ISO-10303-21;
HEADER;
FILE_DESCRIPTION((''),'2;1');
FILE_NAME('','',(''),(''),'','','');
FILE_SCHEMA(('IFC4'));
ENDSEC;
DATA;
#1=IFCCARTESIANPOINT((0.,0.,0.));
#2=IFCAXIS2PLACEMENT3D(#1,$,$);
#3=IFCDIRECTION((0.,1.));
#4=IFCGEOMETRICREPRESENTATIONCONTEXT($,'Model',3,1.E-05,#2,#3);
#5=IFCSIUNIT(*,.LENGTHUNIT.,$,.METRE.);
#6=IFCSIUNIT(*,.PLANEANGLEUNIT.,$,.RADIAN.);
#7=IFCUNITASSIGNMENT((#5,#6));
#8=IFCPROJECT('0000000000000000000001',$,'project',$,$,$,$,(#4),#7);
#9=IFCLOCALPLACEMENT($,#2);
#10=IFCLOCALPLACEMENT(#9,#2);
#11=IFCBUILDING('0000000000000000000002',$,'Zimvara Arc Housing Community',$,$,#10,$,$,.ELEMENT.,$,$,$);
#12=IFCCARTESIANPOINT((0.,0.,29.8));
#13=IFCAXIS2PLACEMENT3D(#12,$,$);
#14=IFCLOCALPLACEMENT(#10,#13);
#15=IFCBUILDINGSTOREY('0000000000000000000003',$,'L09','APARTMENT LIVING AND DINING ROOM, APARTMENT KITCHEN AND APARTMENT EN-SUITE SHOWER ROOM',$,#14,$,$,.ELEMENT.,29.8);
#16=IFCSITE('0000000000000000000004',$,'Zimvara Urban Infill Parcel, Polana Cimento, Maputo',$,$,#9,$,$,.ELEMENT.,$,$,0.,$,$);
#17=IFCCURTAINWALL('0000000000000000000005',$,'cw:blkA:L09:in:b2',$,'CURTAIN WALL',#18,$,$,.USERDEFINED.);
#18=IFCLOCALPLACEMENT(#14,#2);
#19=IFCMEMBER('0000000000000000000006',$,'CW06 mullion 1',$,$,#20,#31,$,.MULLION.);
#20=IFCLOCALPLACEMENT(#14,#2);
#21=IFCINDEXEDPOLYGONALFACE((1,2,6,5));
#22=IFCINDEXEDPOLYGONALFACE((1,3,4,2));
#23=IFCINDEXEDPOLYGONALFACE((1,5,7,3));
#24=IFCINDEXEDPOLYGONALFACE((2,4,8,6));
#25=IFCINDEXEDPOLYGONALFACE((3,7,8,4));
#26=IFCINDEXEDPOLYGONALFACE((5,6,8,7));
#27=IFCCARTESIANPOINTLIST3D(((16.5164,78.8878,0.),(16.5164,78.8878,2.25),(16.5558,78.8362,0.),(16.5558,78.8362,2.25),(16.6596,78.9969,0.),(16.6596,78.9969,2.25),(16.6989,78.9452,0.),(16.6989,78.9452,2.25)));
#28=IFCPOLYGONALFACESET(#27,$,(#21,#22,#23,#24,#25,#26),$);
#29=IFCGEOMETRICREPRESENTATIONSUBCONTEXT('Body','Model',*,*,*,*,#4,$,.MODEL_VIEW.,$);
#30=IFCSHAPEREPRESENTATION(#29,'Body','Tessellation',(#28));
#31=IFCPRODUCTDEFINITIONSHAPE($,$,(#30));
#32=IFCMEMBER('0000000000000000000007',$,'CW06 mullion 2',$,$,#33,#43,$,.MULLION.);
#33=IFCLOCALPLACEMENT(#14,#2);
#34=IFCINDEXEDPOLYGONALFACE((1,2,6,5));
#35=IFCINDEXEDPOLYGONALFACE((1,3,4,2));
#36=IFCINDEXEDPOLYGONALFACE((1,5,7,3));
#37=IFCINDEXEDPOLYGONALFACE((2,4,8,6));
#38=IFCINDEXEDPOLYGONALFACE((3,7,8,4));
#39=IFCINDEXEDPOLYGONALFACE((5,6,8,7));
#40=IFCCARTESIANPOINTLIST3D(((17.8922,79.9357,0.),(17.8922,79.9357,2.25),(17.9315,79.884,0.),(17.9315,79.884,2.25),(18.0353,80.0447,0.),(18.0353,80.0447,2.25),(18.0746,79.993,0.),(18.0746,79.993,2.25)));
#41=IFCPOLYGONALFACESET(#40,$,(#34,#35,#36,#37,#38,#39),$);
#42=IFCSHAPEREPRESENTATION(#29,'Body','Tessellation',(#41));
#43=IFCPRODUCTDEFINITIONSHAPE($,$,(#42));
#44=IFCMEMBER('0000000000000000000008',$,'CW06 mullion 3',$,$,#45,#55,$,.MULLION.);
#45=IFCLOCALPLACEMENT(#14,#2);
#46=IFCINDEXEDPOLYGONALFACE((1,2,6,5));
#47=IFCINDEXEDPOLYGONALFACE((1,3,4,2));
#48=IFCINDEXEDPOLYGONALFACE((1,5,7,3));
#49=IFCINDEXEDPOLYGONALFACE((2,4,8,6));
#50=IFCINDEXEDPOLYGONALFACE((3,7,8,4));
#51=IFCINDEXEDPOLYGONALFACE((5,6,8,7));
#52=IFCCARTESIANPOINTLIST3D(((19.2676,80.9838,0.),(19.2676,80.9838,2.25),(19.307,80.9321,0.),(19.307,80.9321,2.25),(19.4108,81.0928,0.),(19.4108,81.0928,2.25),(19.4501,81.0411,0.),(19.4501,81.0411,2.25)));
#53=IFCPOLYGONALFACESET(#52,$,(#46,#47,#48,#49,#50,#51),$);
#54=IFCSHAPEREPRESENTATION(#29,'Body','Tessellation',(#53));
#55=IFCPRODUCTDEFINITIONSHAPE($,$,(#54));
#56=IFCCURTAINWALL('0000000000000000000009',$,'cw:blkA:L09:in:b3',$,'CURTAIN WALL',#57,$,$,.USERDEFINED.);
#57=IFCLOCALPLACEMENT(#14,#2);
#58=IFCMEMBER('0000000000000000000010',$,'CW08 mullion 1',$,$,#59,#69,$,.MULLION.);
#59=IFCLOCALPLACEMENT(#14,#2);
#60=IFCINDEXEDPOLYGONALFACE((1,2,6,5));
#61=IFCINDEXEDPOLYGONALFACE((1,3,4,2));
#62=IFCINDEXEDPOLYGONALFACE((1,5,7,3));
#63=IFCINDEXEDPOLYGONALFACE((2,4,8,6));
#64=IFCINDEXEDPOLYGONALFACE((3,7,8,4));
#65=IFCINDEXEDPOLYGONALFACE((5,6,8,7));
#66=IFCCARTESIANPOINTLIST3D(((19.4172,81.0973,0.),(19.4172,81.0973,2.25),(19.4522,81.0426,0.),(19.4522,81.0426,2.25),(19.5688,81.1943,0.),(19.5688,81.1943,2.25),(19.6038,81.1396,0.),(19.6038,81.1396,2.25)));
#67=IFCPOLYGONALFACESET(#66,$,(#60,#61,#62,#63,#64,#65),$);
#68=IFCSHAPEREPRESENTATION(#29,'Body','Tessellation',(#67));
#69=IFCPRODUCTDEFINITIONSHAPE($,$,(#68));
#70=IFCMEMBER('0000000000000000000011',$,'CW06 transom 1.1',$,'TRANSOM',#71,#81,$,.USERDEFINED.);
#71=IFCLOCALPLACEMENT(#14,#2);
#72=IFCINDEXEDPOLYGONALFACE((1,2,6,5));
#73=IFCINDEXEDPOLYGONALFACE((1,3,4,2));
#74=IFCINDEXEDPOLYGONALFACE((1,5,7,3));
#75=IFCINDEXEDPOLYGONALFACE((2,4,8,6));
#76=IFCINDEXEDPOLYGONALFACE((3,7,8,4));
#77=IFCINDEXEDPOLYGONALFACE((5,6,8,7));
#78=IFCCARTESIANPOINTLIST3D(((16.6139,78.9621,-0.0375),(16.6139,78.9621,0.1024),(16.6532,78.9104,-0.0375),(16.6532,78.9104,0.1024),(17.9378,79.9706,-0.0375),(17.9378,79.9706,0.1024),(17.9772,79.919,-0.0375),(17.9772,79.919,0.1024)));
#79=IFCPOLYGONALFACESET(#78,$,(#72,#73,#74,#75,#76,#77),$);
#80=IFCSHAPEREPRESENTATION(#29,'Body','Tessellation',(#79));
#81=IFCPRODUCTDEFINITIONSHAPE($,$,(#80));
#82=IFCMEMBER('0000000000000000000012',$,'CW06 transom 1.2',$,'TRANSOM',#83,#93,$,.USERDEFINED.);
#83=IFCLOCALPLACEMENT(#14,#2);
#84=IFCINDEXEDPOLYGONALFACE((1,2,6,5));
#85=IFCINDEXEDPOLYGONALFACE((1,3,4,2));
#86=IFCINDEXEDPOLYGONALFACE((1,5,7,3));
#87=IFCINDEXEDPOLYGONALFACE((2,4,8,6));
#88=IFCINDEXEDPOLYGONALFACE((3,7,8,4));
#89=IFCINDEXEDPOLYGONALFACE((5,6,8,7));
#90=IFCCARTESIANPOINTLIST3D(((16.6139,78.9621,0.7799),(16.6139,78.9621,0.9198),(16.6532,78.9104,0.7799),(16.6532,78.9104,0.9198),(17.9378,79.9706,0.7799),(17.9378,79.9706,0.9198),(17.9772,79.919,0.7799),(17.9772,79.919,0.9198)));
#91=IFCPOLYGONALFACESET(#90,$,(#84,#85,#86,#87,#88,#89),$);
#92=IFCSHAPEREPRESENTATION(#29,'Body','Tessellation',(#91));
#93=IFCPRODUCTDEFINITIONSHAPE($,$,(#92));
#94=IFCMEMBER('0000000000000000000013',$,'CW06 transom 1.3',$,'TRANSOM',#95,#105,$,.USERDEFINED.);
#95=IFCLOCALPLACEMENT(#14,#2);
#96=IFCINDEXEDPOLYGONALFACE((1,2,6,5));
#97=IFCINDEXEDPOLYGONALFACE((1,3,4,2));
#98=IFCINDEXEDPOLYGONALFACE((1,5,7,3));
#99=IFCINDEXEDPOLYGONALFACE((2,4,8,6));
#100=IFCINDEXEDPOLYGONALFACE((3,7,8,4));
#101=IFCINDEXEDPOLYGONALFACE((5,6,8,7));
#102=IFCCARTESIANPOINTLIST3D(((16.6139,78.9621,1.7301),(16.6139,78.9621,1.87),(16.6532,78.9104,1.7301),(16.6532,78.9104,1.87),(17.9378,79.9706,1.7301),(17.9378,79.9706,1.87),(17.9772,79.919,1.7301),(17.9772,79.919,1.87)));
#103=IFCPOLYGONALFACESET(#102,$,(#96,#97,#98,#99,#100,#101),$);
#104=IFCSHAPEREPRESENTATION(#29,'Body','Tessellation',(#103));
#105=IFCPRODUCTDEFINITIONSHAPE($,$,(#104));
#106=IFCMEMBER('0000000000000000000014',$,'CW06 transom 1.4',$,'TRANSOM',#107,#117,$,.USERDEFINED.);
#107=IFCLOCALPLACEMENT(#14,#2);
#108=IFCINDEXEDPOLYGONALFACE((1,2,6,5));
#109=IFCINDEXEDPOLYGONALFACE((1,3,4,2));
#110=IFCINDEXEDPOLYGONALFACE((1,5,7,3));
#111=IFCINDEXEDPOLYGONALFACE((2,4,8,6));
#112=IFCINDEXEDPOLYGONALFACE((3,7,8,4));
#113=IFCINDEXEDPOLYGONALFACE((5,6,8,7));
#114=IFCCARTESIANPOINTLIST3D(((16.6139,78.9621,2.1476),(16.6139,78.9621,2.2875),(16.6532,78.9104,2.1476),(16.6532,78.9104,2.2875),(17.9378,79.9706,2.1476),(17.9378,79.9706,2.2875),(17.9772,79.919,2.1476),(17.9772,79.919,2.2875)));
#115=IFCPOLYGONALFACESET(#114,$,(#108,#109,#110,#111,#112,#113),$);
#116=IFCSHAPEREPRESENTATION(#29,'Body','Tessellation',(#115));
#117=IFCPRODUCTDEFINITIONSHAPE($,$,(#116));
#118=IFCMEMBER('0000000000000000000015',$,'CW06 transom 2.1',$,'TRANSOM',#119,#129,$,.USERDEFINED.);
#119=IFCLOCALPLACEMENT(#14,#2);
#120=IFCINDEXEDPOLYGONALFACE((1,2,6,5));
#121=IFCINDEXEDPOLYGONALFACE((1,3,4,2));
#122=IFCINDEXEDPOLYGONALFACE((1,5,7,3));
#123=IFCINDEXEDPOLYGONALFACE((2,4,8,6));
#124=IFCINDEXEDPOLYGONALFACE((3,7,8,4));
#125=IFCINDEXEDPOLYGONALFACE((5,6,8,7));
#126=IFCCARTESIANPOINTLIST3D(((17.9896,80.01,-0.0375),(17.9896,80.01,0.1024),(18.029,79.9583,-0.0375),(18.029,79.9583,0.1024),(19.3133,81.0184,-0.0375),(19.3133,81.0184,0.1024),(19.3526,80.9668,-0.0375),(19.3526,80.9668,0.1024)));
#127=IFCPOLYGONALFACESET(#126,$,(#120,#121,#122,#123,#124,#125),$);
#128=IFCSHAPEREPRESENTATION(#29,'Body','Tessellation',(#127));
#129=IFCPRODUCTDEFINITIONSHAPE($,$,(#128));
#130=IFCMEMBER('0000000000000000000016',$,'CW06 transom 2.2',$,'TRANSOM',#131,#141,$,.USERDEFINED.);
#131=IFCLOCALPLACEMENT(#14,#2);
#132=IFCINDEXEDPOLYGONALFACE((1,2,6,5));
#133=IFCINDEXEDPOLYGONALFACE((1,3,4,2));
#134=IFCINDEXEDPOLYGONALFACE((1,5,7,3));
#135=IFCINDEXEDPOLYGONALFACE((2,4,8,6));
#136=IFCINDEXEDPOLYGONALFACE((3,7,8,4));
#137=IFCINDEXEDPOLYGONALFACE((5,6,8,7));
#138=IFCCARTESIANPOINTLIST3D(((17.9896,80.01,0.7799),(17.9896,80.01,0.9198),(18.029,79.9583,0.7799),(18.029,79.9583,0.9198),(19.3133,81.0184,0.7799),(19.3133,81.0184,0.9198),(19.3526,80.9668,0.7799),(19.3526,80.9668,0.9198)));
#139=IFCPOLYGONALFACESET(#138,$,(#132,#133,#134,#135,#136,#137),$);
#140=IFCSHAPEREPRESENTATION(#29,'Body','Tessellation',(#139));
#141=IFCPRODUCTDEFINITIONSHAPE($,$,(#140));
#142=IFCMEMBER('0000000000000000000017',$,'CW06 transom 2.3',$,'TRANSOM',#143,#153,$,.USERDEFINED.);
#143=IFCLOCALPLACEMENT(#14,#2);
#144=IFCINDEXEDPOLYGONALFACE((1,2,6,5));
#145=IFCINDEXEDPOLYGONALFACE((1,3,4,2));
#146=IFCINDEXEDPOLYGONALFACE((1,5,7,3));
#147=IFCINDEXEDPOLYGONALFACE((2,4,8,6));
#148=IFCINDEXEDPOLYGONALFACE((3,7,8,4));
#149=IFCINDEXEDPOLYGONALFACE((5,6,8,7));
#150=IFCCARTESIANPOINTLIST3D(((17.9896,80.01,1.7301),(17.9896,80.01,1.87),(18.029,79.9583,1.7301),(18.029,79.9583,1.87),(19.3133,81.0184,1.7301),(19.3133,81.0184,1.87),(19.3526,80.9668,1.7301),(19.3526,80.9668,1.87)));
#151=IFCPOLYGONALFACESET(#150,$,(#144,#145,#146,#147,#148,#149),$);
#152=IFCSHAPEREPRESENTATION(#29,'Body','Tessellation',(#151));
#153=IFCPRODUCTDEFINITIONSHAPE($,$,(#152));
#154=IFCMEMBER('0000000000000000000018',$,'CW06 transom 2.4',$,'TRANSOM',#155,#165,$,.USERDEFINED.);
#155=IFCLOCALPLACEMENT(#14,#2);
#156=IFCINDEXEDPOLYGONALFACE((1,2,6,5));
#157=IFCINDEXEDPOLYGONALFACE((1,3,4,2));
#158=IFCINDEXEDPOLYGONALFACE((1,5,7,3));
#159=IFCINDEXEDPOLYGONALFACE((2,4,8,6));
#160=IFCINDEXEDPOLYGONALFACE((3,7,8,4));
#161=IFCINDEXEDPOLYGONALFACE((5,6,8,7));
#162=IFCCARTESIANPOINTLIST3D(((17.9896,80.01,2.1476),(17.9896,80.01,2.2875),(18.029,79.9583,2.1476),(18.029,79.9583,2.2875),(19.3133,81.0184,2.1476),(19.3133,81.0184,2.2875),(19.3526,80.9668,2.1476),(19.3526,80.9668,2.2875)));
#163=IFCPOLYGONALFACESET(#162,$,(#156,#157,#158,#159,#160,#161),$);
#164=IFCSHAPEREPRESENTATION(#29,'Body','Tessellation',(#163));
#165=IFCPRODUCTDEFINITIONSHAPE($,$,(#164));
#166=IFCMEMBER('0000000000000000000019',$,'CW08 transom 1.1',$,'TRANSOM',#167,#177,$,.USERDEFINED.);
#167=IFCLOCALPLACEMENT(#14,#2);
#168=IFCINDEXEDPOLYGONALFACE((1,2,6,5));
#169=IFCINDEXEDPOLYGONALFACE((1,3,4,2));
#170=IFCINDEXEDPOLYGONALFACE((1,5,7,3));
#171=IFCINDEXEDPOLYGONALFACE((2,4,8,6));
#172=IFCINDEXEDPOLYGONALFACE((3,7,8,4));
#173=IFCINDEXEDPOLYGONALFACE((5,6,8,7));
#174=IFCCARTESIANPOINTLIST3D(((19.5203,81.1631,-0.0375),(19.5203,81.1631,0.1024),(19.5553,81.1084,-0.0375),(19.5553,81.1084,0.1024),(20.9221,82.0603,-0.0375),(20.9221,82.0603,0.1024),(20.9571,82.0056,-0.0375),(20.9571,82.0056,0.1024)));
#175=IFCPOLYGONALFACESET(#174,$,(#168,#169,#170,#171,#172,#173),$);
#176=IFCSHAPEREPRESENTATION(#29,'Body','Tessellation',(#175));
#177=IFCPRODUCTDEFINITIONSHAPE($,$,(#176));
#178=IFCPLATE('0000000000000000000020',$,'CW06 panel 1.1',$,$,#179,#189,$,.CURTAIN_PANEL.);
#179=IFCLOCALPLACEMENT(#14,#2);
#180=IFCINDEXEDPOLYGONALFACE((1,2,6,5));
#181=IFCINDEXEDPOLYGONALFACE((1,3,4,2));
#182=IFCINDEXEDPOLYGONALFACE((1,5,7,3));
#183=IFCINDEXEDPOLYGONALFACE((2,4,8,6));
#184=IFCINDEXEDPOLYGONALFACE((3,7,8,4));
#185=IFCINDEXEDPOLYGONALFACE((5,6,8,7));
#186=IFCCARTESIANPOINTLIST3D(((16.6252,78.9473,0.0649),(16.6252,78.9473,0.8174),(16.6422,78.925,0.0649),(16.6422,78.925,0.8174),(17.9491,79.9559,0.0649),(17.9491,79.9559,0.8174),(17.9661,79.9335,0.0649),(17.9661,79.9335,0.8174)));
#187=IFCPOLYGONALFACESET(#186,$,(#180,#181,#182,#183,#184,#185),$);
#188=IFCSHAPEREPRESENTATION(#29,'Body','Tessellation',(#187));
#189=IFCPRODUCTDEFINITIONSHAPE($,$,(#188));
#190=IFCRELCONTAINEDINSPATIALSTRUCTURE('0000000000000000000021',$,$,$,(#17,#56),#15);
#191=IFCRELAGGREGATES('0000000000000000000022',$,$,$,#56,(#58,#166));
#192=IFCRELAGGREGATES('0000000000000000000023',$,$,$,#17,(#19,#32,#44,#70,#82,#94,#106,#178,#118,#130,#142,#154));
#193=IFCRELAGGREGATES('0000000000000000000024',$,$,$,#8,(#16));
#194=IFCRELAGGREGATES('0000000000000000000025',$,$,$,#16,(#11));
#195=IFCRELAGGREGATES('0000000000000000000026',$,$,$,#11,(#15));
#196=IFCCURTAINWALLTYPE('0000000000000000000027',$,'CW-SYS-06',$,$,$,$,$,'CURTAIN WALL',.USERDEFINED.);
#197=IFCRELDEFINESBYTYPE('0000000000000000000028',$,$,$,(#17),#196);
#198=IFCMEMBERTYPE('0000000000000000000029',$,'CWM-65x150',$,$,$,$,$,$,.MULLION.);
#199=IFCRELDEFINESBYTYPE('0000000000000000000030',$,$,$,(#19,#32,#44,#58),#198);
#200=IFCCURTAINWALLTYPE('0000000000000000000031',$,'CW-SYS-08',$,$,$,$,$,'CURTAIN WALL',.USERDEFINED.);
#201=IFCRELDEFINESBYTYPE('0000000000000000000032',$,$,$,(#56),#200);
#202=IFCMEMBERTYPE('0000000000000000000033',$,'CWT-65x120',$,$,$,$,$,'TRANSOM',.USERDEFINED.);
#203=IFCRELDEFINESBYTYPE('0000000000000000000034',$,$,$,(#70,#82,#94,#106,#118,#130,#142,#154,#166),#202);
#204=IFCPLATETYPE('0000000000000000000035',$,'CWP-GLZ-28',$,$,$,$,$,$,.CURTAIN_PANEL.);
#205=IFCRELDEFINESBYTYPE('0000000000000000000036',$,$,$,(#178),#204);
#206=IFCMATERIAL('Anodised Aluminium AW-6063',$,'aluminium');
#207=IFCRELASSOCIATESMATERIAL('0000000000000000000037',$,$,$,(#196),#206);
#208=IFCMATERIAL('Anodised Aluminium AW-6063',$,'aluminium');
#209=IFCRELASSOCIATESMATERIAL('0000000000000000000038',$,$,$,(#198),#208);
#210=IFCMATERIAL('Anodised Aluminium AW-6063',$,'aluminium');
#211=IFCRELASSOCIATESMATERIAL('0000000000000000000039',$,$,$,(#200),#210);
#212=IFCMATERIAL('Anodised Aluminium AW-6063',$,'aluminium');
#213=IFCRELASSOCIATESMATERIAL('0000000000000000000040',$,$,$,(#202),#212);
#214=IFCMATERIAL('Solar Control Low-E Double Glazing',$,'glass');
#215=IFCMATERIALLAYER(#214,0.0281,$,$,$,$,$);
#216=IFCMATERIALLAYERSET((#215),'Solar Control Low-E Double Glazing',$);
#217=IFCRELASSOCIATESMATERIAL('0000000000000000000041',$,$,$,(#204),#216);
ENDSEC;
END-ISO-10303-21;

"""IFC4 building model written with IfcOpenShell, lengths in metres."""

from ifc_helpers import new_model, si_unit, direction, frame, origin, origin_2d, place, context, subcontext, project, spatial, rectangle, extrude, material, layer, layer_set, material_profile, profile_set, type_object, element, aggregate, save


model = new_model("IFC4")

# Units and contexts
model_context = context("Model", 3, precision=1e-05, world=origin(), true_north=direction((0.0, 1.0)))
body_context = subcontext(model_context, "Body", "Model", "MODEL_VIEW")
ifc_project = project(units=[si_unit("LENGTHUNIT", "METRE"), si_unit("PLANEANGLEUNIT", "RADIAN")], contexts=[model_context])

# Site, building, storey
site_placement = place(None, origin())
site = spatial("IfcSite", under=ifc_project, at=site_placement, Name="Zimvara Urban Infill Parcel, Polana Cimento, Maputo", CompositionType="ELEMENT", RefElevation=0.0)
building_placement = place(site_placement, origin())
building = spatial("IfcBuilding", under=site, at=building_placement, Name="Zimvara Arc Housing Community", CompositionType="ELEMENT")
storey_placement = place(building_placement, frame((0.0, 0.0, 29.8)))
storey = spatial("IfcBuildingStorey", under=building, at=storey_placement, Name="L09", Description="APARTMENT LIVING AND DINING ROOM, APARTMENT KITCHEN AND APARTMENT EN-SUITE SHOWER ROOM", CompositionType="ELEMENT", Elevation=29.8)

# Curtain wall, members
ifc_material_1 = material(Name="Anodised Aluminium AW-6063", Category="aluminium")
curtain_wall_type_1 = type_object("IfcCurtainWallType", Name="CW-SYS-06", ElementType="CURTAIN WALL", PredefinedType="USERDEFINED", material=ifc_material_1)
curtain_wall_1_placement = place(storey_placement, origin())
curtain_wall_1 = element("IfcCurtainWall", 1, at=curtain_wall_1_placement, inside=storey, type_object=curtain_wall_type_1, Name="cw:blkA:L09:in:b2", ObjectType="CURTAIN WALL", PredefinedType="USERDEFINED")
ifc_material_2 = material(Name="Anodised Aluminium AW-6063", Category="aluminium")
ifc_material_profile_1 = material_profile(ifc_material_2, rectangle(XDim=0.0649, YDim=0.1799, at=origin_2d()), Name="ALU 65x180")
ifc_profile_set_1 = profile_set([ifc_material_profile_1], Name="Anodised Aluminium AW-6063")
member_type_1 = type_object("IfcMemberType", Name="CWM-65x150", PredefinedType="MULLION", material=ifc_profile_set_1)
member_1_placement = place(storey_placement, frame((16.6077, 78.9165, 0.0), z_axis=(0.0, 0.0, 1.0), x_axis=(-0.605988, 0.795474, 0.0)))
member_1 = element("IfcMember", 2, at=member_1_placement, type_object=member_type_1, Name="CW06 mullion 1", PredefinedType="MULLION", context=body_context, shape_type="SweptSolid", body=[
    extrude(rectangle(XDim=0.0649, YDim=0.1799, at=origin_2d()), origin(), (0.0, 0.0, 1.0), 2.25),
])
member_2_placement = place(storey_placement, frame((17.9834, 79.9644, 0.0), z_axis=(0.0, 0.0, 1.0), x_axis=(-0.605988, 0.795474, 0.0)))
member_2 = element("IfcMember", 3, at=member_2_placement, type_object=member_type_1, Name="CW06 mullion 2", PredefinedType="MULLION", context=body_context, shape_type="SweptSolid", body=[
    extrude(rectangle(XDim=0.0649, YDim=0.1799, at=origin_2d()), origin(), (0.0, 0.0, 1.0), 2.25),
])
member_3_placement = place(storey_placement, frame((19.3589, 81.0125, 0.0), z_axis=(0.0, 0.0, 1.0), x_axis=(-0.605988, 0.795474, 0.0)))
member_3 = element("IfcMember", 4, at=member_3_placement, type_object=member_type_1, Name="CW06 mullion 3", PredefinedType="MULLION", context=body_context, shape_type="SweptSolid", body=[
    extrude(rectangle(XDim=0.0649, YDim=0.1799, at=origin_2d()), origin(), (0.0, 0.0, 1.0), 2.25),
])

# Curtain wall, member
ifc_material_3 = material(Name="Anodised Aluminium AW-6063", Category="aluminium")
curtain_wall_type_2 = type_object("IfcCurtainWallType", Name="CW-SYS-08", ElementType="CURTAIN WALL", PredefinedType="USERDEFINED", material=ifc_material_3)
curtain_wall_2_placement = place(storey_placement, origin())
curtain_wall_2 = element("IfcCurtainWall", 5, at=curtain_wall_2_placement, inside=storey, type_object=curtain_wall_type_2, Name="cw:blkA:L09:in:b3", ObjectType="CURTAIN WALL", PredefinedType="USERDEFINED")
member_4_placement = place(storey_placement, frame((19.5105, 81.1184, 0.0), z_axis=(0.0, 0.0, 1.0), x_axis=(-0.539064, 0.842265, 0.0)))
member_4 = element("IfcMember", 6, at=member_4_placement, type_object=member_type_1, Name="CW08 mullion 1", PredefinedType="MULLION", context=body_context, shape_type="SweptSolid", body=[
    extrude(rectangle(XDim=0.0649, YDim=0.1799, at=origin_2d()), origin(), (0.0, 0.0, 1.0), 2.25),
])

# Members
ifc_material_4 = material(Name="Anodised Aluminium AW-6063", Category="aluminium")
ifc_material_profile_2 = material_profile(ifc_material_4, rectangle(XDim=0.0649, YDim=0.1399, at=origin_2d()), Name="ALU 65x140")
ifc_profile_set_2 = profile_set([ifc_material_profile_2], Name="Anodised Aluminium AW-6063")
member_type_2 = type_object("IfcMemberType", Name="CWT-65x120", ElementType="TRANSOM", PredefinedType="USERDEFINED", material=ifc_profile_set_2)
member_5_placement = place(storey_placement, frame((16.6335, 78.9363, 0.0325), z_axis=(0.795489, 0.605968, 0.0), x_axis=(-0.605968, 0.795489, 0.0)))
member_5 = element("IfcMember", 7, at=member_5_placement, type_object=member_type_2, Name="CW06 transom 1.1", ObjectType="TRANSOM", PredefinedType="USERDEFINED", context=body_context, shape_type="SweptSolid", body=[
    extrude(rectangle(XDim=0.0649, YDim=0.1399, at=origin_2d()), origin(), (0.0, 0.0, 1.0), 1.6643),
])
member_6_placement = place(storey_placement, frame((16.6335, 78.9363, 0.8499), z_axis=(0.795489, 0.605968, 0.0), x_axis=(-0.605968, 0.795489, 0.0)))
member_6 = element("IfcMember", 8, at=member_6_placement, type_object=member_type_2, Name="CW06 transom 1.2", ObjectType="TRANSOM", PredefinedType="USERDEFINED", context=body_context, shape_type="SweptSolid", body=[
    extrude(rectangle(XDim=0.0649, YDim=0.1399, at=origin_2d()), origin(), (0.0, 0.0, 1.0), 1.6643),
])
member_7_placement = place(storey_placement, frame((16.6335, 78.9363, 1.8), z_axis=(0.795489, 0.605968, 0.0), x_axis=(-0.605968, 0.795489, 0.0)))
member_7 = element("IfcMember", 9, at=member_7_placement, type_object=member_type_2, Name="CW06 transom 1.3", ObjectType="TRANSOM", PredefinedType="USERDEFINED", context=body_context, shape_type="SweptSolid", body=[
    extrude(rectangle(XDim=0.0649, YDim=0.1399, at=origin_2d()), origin(), (0.0, 0.0, 1.0), 1.6643),
])
member_8_placement = place(storey_placement, frame((16.6335, 78.9363, 2.2175), z_axis=(0.795489, 0.605968, 0.0), x_axis=(-0.605968, 0.795489, 0.0)))
member_8 = element("IfcMember", 10, at=member_8_placement, type_object=member_type_2, Name="CW06 transom 1.4", ObjectType="TRANSOM", PredefinedType="USERDEFINED", context=body_context, shape_type="SweptSolid", body=[
    extrude(rectangle(XDim=0.0649, YDim=0.1399, at=origin_2d()), origin(), (0.0, 0.0, 1.0), 1.6643),
])
member_9_placement = place(storey_placement, frame((18.0093, 79.9841, 0.0325), z_axis=(0.795435, 0.606039, 0.0), x_axis=(-0.606039, 0.795435, 0.0)))
member_9 = element("IfcMember", 11, at=member_9_placement, type_object=member_type_2, Name="CW06 transom 2.1", ObjectType="TRANSOM", PredefinedType="USERDEFINED", context=body_context, shape_type="SweptSolid", body=[
    extrude(rectangle(XDim=0.0649, YDim=0.1399, at=origin_2d()), origin(), (0.0, 0.0, 1.0), 1.6641),
])
member_10_placement = place(storey_placement, frame((18.0093, 79.9841, 0.8499), z_axis=(0.795435, 0.606039, 0.0), x_axis=(-0.606039, 0.795435, 0.0)))
member_10 = element("IfcMember", 12, at=member_10_placement, type_object=member_type_2, Name="CW06 transom 2.2", ObjectType="TRANSOM", PredefinedType="USERDEFINED", context=body_context, shape_type="SweptSolid", body=[
    extrude(rectangle(XDim=0.0649, YDim=0.1399, at=origin_2d()), origin(), (0.0, 0.0, 1.0), 1.6641),
])
member_11_placement = place(storey_placement, frame((18.0093, 79.9841, 1.8), z_axis=(0.795435, 0.606039, 0.0), x_axis=(-0.606039, 0.795435, 0.0)))
member_11 = element("IfcMember", 13, at=member_11_placement, type_object=member_type_2, Name="CW06 transom 2.3", ObjectType="TRANSOM", PredefinedType="USERDEFINED", context=body_context, shape_type="SweptSolid", body=[
    extrude(rectangle(XDim=0.0649, YDim=0.1399, at=origin_2d()), origin(), (0.0, 0.0, 1.0), 1.6641),
])
member_12_placement = place(storey_placement, frame((18.0093, 79.9841, 2.2175), z_axis=(0.795435, 0.606039, 0.0), x_axis=(-0.606039, 0.795435, 0.0)))
member_12 = element("IfcMember", 14, at=member_12_placement, type_object=member_type_2, Name="CW06 transom 2.4", ObjectType="TRANSOM", PredefinedType="USERDEFINED", context=body_context, shape_type="SweptSolid", body=[
    extrude(rectangle(XDim=0.0649, YDim=0.1399, at=origin_2d()), origin(), (0.0, 0.0, 1.0), 1.6641),
])
member_13_placement = place(storey_placement, frame((19.5378, 81.1357, 0.0325), z_axis=(0.842263, 0.539066, 0.0), x_axis=(-0.539066, 0.842263, 0.0)))
member_13 = element("IfcMember", 15, at=member_13_placement, type_object=member_type_2, Name="CW08 transom 1.1", ObjectType="TRANSOM", PredefinedType="USERDEFINED", context=body_context, shape_type="SweptSolid", body=[
    extrude(rectangle(XDim=0.0649, YDim=0.1399, at=origin_2d()), origin(), (0.0, 0.0, 1.0), 1.6643),
])
aggregate(curtain_wall_2, [member_4, member_13])

# Plate
ifc_material_5 = material(Name="Solar Control Low-E Double Glazing", Category="glass")
ifc_layer = layer(ifc_material_5, 0.0281)
ifc_layer_set = layer_set([ifc_layer], Name="Solar Control Low-E Double Glazing")
plate_type = type_object("IfcPlateType", Name="CWP-GLZ-28", PredefinedType="CURTAIN_PANEL", material=ifc_layer_set)
plate_1_placement = place(storey_placement, frame((17.2957, 79.4404, 0.0649), z_axis=(0.0, 0.0, 1.0), x_axis=(0.795474, 0.605988, 0.0)))
plate_1 = element("IfcPlate", 16, at=plate_1_placement, type_object=plate_type, Name="CW06 panel 1.1", PredefinedType="CURTAIN_PANEL", context=body_context, shape_type="SweptSolid", body=[
    extrude(rectangle(XDim=1.6643, YDim=0.0281, at=origin_2d()), origin(), (0.0, 0.0, 1.0), 0.7524),
])
aggregate(curtain_wall_1, [member_1, member_2, member_3, member_5, member_6, member_7, member_8, plate_1, member_9, member_10, member_11, member_12])

save(model, "model.ifc")
